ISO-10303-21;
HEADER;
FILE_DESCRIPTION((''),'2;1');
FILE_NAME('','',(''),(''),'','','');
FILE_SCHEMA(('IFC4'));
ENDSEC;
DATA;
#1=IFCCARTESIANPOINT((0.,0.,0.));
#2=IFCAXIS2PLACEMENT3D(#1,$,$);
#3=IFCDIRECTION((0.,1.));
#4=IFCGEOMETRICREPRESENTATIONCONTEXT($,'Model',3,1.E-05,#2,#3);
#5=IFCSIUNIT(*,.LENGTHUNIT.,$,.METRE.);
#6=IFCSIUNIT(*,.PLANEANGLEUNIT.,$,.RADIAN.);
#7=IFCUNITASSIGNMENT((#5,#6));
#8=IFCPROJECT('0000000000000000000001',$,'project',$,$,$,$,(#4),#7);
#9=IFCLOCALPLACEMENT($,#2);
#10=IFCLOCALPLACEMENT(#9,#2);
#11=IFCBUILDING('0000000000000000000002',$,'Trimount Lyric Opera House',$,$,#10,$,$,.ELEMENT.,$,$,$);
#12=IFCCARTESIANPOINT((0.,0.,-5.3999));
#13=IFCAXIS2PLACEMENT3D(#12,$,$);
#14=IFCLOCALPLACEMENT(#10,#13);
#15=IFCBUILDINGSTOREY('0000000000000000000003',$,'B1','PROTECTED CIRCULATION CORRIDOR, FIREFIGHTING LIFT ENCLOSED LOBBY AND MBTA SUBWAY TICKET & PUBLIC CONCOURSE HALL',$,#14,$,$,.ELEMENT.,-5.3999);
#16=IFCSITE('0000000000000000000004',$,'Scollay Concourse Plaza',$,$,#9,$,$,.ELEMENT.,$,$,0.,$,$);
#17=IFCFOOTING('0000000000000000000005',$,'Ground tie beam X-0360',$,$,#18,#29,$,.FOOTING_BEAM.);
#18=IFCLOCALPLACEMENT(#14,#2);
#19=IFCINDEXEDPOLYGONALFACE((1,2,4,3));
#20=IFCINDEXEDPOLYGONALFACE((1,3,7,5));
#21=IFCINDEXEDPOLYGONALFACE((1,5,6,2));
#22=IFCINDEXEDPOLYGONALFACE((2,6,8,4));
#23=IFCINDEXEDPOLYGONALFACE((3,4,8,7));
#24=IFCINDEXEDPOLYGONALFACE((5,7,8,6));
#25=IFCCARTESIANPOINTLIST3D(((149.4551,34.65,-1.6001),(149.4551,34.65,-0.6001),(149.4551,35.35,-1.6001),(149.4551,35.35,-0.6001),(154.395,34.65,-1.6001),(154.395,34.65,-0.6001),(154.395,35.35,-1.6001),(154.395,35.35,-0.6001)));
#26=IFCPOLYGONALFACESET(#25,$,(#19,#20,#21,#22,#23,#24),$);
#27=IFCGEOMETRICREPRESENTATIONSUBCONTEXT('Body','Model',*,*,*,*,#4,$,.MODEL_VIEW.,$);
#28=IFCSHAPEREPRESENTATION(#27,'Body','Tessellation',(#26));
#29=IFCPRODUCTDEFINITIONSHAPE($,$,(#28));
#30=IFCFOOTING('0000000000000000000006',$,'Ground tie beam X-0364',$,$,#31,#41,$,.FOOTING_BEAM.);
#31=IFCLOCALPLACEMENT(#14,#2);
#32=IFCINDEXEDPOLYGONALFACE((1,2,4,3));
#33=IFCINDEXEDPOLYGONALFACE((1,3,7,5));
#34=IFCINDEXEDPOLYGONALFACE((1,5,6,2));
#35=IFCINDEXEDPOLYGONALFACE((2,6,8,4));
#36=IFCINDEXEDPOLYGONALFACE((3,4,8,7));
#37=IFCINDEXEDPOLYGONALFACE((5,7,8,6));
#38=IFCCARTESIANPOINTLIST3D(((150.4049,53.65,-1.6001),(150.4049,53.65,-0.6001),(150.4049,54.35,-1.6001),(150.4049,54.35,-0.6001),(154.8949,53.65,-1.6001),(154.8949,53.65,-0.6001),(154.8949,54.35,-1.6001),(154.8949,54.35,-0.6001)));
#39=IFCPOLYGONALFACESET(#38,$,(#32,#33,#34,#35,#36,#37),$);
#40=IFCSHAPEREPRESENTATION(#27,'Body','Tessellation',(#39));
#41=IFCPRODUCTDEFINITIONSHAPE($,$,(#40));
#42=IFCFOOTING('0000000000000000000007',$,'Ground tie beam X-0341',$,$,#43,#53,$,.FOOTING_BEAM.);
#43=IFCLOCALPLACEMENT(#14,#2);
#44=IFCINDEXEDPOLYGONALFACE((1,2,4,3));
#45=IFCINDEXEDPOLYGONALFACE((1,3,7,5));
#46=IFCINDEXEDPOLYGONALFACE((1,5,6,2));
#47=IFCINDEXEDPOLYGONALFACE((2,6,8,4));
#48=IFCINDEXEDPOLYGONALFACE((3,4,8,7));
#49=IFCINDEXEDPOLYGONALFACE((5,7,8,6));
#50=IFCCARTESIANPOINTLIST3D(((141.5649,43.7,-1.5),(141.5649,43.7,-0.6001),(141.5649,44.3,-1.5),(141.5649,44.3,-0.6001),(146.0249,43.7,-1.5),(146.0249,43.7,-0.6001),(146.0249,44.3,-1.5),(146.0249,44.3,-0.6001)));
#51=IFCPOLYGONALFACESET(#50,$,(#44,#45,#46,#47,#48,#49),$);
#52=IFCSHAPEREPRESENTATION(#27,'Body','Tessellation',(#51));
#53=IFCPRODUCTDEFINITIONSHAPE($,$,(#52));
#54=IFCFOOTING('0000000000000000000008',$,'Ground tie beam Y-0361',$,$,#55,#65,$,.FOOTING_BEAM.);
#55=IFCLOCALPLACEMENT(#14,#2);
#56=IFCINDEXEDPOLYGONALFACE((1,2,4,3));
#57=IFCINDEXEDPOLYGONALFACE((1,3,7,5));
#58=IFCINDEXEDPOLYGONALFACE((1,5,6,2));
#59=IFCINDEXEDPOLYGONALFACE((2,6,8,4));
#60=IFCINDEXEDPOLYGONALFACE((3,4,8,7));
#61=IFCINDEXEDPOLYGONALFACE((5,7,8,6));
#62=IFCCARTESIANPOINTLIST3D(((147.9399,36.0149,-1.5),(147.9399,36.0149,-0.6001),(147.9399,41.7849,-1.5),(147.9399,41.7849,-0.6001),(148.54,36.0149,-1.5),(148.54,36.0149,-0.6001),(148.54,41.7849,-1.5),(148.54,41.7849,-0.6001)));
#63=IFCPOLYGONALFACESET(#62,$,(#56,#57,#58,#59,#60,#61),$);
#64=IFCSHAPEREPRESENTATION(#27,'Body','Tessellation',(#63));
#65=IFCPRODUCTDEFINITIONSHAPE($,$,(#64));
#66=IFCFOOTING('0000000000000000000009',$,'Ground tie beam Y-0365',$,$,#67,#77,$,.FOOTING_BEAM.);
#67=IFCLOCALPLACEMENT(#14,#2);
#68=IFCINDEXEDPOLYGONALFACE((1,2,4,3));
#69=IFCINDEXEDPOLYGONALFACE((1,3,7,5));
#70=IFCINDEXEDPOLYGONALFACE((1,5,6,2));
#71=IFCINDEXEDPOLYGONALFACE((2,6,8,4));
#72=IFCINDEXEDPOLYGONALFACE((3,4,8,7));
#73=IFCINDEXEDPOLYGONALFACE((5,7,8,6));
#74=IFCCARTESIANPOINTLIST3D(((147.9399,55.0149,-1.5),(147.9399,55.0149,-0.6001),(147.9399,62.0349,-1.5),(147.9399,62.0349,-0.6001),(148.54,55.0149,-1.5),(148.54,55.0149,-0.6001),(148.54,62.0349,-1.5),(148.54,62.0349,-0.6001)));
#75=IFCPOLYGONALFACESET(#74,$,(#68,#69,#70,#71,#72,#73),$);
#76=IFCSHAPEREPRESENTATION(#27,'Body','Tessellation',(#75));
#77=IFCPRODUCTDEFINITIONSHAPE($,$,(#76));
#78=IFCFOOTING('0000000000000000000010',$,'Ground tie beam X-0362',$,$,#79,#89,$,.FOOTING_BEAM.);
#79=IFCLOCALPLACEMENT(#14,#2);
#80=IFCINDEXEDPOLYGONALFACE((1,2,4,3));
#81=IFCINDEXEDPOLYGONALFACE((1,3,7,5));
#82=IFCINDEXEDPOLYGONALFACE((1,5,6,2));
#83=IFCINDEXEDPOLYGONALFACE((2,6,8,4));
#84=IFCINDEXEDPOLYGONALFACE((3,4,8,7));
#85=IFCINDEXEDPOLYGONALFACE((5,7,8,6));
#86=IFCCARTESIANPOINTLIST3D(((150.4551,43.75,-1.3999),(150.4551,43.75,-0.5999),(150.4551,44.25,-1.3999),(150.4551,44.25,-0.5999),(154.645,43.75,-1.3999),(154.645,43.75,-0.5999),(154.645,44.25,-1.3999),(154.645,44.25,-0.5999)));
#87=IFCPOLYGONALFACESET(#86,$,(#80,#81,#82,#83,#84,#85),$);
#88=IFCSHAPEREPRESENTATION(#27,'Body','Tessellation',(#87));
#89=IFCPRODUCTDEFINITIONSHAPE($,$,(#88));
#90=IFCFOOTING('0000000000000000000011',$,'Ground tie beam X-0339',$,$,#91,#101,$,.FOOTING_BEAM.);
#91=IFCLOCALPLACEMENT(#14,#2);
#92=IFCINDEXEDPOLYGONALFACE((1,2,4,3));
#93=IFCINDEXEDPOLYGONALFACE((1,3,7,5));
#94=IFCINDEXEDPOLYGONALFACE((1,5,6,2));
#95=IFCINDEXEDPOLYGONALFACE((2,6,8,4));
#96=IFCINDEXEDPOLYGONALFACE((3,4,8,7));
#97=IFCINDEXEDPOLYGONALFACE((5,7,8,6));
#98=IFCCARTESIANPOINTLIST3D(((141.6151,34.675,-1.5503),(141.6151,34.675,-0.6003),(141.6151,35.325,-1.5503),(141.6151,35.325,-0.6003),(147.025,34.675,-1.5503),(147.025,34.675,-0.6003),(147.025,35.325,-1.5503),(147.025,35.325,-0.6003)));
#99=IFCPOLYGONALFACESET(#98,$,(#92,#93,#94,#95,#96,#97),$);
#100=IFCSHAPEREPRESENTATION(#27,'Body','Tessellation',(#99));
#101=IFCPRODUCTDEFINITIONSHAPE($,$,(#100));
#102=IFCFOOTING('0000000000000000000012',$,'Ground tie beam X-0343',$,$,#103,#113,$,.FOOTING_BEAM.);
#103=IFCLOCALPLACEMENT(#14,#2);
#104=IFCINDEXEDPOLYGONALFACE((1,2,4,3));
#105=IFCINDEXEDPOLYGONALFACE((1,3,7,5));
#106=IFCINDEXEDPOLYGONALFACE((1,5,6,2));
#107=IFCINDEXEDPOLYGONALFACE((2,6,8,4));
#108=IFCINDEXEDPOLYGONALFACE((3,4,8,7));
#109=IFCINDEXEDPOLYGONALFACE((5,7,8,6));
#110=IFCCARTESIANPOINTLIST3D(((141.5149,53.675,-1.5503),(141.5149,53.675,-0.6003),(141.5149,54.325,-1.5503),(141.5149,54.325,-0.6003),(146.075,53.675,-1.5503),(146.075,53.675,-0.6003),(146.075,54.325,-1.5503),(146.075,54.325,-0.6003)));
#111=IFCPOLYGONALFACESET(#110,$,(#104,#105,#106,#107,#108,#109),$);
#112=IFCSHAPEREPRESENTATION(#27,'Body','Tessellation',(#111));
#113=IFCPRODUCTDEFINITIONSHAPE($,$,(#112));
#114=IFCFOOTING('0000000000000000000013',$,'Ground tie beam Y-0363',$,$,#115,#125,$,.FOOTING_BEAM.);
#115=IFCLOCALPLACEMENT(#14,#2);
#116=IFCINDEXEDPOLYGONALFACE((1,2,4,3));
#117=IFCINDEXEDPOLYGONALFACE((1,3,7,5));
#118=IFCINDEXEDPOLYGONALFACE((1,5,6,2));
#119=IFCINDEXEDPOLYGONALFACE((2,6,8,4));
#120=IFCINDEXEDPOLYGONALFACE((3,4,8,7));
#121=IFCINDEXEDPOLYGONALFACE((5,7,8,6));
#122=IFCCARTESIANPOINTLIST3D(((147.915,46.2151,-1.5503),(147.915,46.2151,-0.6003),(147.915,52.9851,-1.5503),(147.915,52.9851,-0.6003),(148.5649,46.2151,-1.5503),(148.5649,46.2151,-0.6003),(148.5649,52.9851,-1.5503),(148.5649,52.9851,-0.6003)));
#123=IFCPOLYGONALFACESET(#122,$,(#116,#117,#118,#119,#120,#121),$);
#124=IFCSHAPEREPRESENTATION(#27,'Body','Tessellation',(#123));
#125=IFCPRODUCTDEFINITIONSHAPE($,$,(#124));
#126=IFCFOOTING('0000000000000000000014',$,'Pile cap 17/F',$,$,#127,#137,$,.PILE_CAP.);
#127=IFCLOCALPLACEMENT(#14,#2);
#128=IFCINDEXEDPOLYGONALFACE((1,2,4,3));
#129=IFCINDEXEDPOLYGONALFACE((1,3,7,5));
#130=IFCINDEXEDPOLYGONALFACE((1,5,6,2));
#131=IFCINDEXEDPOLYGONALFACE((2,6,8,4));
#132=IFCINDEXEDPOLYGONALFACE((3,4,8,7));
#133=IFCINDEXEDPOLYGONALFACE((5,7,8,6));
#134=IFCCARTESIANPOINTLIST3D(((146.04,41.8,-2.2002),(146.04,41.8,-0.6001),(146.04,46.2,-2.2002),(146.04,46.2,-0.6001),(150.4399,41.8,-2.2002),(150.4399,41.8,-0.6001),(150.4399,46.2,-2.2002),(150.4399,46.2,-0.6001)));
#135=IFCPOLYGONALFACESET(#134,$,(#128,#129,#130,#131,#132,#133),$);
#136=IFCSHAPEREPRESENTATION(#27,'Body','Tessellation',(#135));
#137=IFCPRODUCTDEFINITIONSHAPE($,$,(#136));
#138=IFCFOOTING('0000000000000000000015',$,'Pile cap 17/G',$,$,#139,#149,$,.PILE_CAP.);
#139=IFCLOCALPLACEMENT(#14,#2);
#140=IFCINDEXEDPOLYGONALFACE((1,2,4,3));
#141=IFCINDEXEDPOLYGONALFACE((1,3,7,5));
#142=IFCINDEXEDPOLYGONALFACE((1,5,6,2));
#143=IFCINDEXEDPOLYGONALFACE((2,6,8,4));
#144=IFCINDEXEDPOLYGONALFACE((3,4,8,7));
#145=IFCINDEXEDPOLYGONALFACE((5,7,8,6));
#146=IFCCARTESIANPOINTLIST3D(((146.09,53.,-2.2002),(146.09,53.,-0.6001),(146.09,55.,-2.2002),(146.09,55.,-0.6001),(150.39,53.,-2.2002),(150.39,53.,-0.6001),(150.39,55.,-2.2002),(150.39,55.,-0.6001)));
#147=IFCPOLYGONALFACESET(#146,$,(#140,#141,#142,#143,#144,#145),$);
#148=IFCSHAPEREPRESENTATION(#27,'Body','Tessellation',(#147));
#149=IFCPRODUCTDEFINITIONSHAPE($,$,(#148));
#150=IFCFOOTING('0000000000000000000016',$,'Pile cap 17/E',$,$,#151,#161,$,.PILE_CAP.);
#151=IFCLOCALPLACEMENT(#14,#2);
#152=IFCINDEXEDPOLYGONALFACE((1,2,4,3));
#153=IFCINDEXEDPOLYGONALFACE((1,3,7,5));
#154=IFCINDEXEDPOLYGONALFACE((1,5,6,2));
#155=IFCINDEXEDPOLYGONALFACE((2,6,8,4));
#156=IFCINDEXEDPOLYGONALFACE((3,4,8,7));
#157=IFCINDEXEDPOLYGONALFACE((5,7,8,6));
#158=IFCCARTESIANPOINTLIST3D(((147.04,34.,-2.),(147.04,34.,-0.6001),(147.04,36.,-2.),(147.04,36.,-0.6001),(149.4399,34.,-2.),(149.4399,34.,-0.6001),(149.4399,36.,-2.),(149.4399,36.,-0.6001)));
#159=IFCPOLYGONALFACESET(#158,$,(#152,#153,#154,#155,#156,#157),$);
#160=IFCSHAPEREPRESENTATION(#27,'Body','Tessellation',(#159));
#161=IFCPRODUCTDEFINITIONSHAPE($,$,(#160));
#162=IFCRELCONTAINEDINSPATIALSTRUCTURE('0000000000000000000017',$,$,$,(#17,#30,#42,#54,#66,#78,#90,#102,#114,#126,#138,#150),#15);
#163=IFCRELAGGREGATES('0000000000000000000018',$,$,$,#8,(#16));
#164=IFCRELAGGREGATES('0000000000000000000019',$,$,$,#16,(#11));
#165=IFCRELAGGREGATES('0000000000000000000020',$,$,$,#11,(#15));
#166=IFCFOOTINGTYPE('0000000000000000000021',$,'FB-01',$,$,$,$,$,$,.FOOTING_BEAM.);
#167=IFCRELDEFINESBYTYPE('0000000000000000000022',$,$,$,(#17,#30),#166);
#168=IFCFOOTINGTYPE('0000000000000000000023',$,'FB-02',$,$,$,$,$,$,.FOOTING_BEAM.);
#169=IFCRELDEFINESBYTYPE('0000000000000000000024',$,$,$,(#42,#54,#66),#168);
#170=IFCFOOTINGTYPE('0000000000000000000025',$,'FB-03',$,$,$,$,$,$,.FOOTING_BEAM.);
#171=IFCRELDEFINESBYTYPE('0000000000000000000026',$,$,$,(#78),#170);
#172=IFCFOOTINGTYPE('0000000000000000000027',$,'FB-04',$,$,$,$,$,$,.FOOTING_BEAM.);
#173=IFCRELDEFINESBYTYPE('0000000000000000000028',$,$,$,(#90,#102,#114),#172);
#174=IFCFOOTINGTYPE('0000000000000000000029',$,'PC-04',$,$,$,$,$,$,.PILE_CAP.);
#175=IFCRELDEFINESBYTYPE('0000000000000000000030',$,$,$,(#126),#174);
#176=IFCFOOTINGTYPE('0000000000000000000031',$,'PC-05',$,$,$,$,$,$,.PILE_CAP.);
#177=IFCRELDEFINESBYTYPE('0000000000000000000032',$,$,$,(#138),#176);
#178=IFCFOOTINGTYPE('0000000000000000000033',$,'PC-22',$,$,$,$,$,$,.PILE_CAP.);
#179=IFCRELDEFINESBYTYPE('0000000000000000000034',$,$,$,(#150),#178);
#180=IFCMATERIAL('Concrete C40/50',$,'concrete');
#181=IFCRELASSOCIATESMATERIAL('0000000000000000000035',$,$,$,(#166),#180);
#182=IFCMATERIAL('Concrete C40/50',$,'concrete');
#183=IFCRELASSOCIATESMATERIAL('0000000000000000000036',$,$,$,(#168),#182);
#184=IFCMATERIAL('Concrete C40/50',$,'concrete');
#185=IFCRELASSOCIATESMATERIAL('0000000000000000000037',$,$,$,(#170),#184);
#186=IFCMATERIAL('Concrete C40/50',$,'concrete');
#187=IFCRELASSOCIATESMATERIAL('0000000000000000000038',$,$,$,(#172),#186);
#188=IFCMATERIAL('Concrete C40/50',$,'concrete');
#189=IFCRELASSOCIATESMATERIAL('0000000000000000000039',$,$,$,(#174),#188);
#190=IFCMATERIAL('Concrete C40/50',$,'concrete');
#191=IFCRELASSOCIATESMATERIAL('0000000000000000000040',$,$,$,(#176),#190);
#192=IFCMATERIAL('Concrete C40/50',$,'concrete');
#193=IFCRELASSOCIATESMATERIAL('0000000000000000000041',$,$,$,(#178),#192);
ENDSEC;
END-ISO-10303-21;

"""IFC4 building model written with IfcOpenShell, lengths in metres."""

from ifc_helpers import new_model, si_unit, direction, frame, origin, origin_2d, place, context, subcontext, project, spatial, rectangle, extrude, material, type_object, element, save


model = new_model("IFC4")

# Units and contexts
model_context = context("Model", 3, precision=1e-05, world=origin(), true_north=direction((0.0, 1.0)))
body_context = subcontext(model_context, "Body", "Model", "MODEL_VIEW")
ifc_project = project(units=[si_unit("LENGTHUNIT", "METRE"), si_unit("PLANEANGLEUNIT", "RADIAN")], contexts=[model_context])

# Site, building, storey
site_placement = place(None, origin())
site = spatial("IfcSite", under=ifc_project, at=site_placement, Name="Scollay Concourse Plaza", CompositionType="ELEMENT", RefElevation=0.0)
building_placement = place(site_placement, origin())
building = spatial("IfcBuilding", under=site, at=building_placement, Name="Trimount Lyric Opera House", CompositionType="ELEMENT")
storey_placement = place(building_placement, frame((0.0, 0.0, -5.3999)))
storey = spatial("IfcBuildingStorey", under=building, at=storey_placement, Name="B1", Description="PROTECTED CIRCULATION CORRIDOR, FIREFIGHTING LIFT ENCLOSED LOBBY AND MBTA SUBWAY TICKET & PUBLIC CONCOURSE HALL", CompositionType="ELEMENT", Elevation=-5.3999)

# Footings
ifc_material_1 = material(Name="Concrete C40/50", Category="concrete")
footing_type_1 = type_object("IfcFootingType", Name="FB-01", PredefinedType="FOOTING_BEAM", material=ifc_material_1)
footing_1_placement = place(storey_placement, frame((151.925, 35.0, -1.6001), z_axis=(0.0, 0.0, 1.0), x_axis=(1.0, 0.0, 0.0)))
element("IfcFooting", 1, at=footing_1_placement, inside=storey, type_object=footing_type_1, Name="Ground tie beam X-0360", PredefinedType="FOOTING_BEAM", context=body_context, shape_type="SweptSolid", body=[
    extrude(rectangle(XDim=4.9399, YDim=0.7, at=origin_2d()), origin(), (0.0, 0.0, 1.0), 1.0),
])
footing_2_placement = place(storey_placement, frame((152.6499, 54.0, -1.6001), z_axis=(0.0, 0.0, 1.0), x_axis=(1.0, 0.0, 0.0)))
element("IfcFooting", 2, at=footing_2_placement, inside=storey, type_object=footing_type_1, Name="Ground tie beam X-0364", PredefinedType="FOOTING_BEAM", context=body_context, shape_type="SweptSolid", body=[
    extrude(rectangle(XDim=4.49, YDim=0.7, at=origin_2d()), origin(), (0.0, 0.0, 1.0), 1.0),
])
ifc_material_2 = material(Name="Concrete C40/50", Category="concrete")
footing_type_2 = type_object("IfcFootingType", Name="FB-02", PredefinedType="FOOTING_BEAM", material=ifc_material_2)
footing_3_placement = place(storey_placement, frame((143.7949, 44.0, -1.5), z_axis=(0.0, 0.0, 1.0), x_axis=(1.0, 0.0, 0.0)))
element("IfcFooting", 3, at=footing_3_placement, inside=storey, type_object=footing_type_2, Name="Ground tie beam X-0341", PredefinedType="FOOTING_BEAM", context=body_context, shape_type="SweptSolid", body=[
    extrude(rectangle(XDim=4.46, YDim=0.6001, at=origin_2d()), origin(), (0.0, 0.0, 1.0), 0.8999),
])
footing_4_placement = place(storey_placement, frame((148.24, 38.8999, -1.5), z_axis=(0.0, 0.0, 1.0), x_axis=(1.0, 0.0, 0.0)))
element("IfcFooting", 4, at=footing_4_placement, inside=storey, type_object=footing_type_2, Name="Ground tie beam Y-0361", PredefinedType="FOOTING_BEAM", context=body_context, shape_type="SweptSolid", body=[
    extrude(rectangle(XDim=0.6001, YDim=5.77, at=origin_2d()), origin(), (0.0, 0.0, 1.0), 0.8999),
])
footing_5_placement = place(storey_placement, frame((148.24, 58.5249, -1.5), z_axis=(0.0, 0.0, 1.0), x_axis=(1.0, 0.0, 0.0)))
element("IfcFooting", 5, at=footing_5_placement, inside=storey, type_object=footing_type_2, Name="Ground tie beam Y-0365", PredefinedType="FOOTING_BEAM", context=body_context, shape_type="SweptSolid", body=[
    extrude(rectangle(XDim=0.6001, YDim=7.02, at=origin_2d()), origin(), (0.0, 0.0, 1.0), 0.8999),
])
ifc_material_3 = material(Name="Concrete C40/50", Category="concrete")
footing_type_3 = type_object("IfcFootingType", Name="FB-03", PredefinedType="FOOTING_BEAM", material=ifc_material_3)
footing_6_placement = place(storey_placement, frame((152.55, 44.0, -1.3999), z_axis=(0.0, 0.0, 1.0), x_axis=(1.0, 0.0, 0.0)))
element("IfcFooting", 6, at=footing_6_placement, inside=storey, type_object=footing_type_3, Name="Ground tie beam X-0362", PredefinedType="FOOTING_BEAM", context=body_context, shape_type="SweptSolid", body=[
    extrude(rectangle(XDim=4.1899, YDim=0.5, at=origin_2d()), origin(), (0.0, 0.0, 1.0), 0.8),
])
ifc_material_4 = material(Name="Concrete C40/50", Category="concrete")
footing_type_4 = type_object("IfcFootingType", Name="FB-04", PredefinedType="FOOTING_BEAM", material=ifc_material_4)
footing_7_placement = place(storey_placement, frame((144.3201, 35.0, -1.5503), z_axis=(0.0, 0.0, 1.0), x_axis=(1.0, 0.0, 0.0)))
element("IfcFooting", 7, at=footing_7_placement, inside=storey, type_object=footing_type_4, Name="Ground tie beam X-0339", PredefinedType="FOOTING_BEAM", context=body_context, shape_type="SweptSolid", body=[
    extrude(rectangle(XDim=5.4099, YDim=0.6499, at=origin_2d()), origin(), (0.0, 0.0, 1.0), 0.95),
])
footing_8_placement = place(storey_placement, frame((143.7949, 54.0, -1.5503), z_axis=(0.0, 0.0, 1.0), x_axis=(1.0, 0.0, 0.0)))
element("IfcFooting", 8, at=footing_8_placement, inside=storey, type_object=footing_type_4, Name="Ground tie beam X-0343", PredefinedType="FOOTING_BEAM", context=body_context, shape_type="SweptSolid", body=[
    extrude(rectangle(XDim=4.5601, YDim=0.6499, at=origin_2d()), origin(), (0.0, 0.0, 1.0), 0.95),
])
footing_9_placement = place(storey_placement, frame((148.24, 49.6001, -1.5503), z_axis=(0.0, 0.0, 1.0), x_axis=(1.0, 0.0, 0.0)))
element("IfcFooting", 9, at=footing_9_placement, inside=storey, type_object=footing_type_4, Name="Ground tie beam Y-0363", PredefinedType="FOOTING_BEAM", context=body_context, shape_type="SweptSolid", body=[
    extrude(rectangle(XDim=0.6499, YDim=6.77, at=origin_2d()), origin(), (0.0, 0.0, 1.0), 0.95),
])
ifc_material_5 = material(Name="Concrete C40/50", Category="concrete")
footing_type_5 = type_object("IfcFootingType", Name="PC-04", PredefinedType="PILE_CAP", material=ifc_material_5)
footing_10_placement = place(storey_placement, frame((148.24, 44.0, -2.2002), z_axis=(0.0, 0.0, 1.0), x_axis=(1.0, 0.0, 0.0)))
element("IfcFooting", 10, at=footing_10_placement, inside=storey, type_object=footing_type_5, Name="Pile cap 17/F", PredefinedType="PILE_CAP", context=body_context, shape_type="SweptSolid", body=[
    extrude(rectangle(XDim=4.3999, YDim=4.3999, at=origin_2d()), origin(), (0.0, 0.0, 1.0), 1.6001),
])
ifc_material_6 = material(Name="Concrete C40/50", Category="concrete")
footing_type_6 = type_object("IfcFootingType", Name="PC-05", PredefinedType="PILE_CAP", material=ifc_material_6)
footing_11_placement = place(storey_placement, frame((148.24, 54.0, -2.2002), z_axis=(0.0, 0.0, 1.0), x_axis=(1.0, 0.0, 0.0)))
element("IfcFooting", 11, at=footing_11_placement, inside=storey, type_object=footing_type_6, Name="Pile cap 17/G", PredefinedType="PILE_CAP", context=body_context, shape_type="SweptSolid", body=[
    extrude(rectangle(XDim=4.3, YDim=2.0, at=origin_2d()), origin(), (0.0, 0.0, 1.0), 1.6001),
])
ifc_material_7 = material(Name="Concrete C40/50", Category="concrete")
footing_type_7 = type_object("IfcFootingType", Name="PC-22", PredefinedType="PILE_CAP", material=ifc_material_7)
footing_12_placement = place(storey_placement, frame((148.24, 35.0, -2.0), z_axis=(0.0, 0.0, 1.0), x_axis=(1.0, 0.0, 0.0)))
element("IfcFooting", 12, at=footing_12_placement, inside=storey, type_object=footing_type_7, Name="Pile cap 17/E", PredefinedType="PILE_CAP", context=body_context, shape_type="SweptSolid", body=[
    extrude(rectangle(XDim=2.3999, YDim=2.0, at=origin_2d()), origin(), (0.0, 0.0, 1.0), 1.3999),
])

save(model, "model.ifc")
